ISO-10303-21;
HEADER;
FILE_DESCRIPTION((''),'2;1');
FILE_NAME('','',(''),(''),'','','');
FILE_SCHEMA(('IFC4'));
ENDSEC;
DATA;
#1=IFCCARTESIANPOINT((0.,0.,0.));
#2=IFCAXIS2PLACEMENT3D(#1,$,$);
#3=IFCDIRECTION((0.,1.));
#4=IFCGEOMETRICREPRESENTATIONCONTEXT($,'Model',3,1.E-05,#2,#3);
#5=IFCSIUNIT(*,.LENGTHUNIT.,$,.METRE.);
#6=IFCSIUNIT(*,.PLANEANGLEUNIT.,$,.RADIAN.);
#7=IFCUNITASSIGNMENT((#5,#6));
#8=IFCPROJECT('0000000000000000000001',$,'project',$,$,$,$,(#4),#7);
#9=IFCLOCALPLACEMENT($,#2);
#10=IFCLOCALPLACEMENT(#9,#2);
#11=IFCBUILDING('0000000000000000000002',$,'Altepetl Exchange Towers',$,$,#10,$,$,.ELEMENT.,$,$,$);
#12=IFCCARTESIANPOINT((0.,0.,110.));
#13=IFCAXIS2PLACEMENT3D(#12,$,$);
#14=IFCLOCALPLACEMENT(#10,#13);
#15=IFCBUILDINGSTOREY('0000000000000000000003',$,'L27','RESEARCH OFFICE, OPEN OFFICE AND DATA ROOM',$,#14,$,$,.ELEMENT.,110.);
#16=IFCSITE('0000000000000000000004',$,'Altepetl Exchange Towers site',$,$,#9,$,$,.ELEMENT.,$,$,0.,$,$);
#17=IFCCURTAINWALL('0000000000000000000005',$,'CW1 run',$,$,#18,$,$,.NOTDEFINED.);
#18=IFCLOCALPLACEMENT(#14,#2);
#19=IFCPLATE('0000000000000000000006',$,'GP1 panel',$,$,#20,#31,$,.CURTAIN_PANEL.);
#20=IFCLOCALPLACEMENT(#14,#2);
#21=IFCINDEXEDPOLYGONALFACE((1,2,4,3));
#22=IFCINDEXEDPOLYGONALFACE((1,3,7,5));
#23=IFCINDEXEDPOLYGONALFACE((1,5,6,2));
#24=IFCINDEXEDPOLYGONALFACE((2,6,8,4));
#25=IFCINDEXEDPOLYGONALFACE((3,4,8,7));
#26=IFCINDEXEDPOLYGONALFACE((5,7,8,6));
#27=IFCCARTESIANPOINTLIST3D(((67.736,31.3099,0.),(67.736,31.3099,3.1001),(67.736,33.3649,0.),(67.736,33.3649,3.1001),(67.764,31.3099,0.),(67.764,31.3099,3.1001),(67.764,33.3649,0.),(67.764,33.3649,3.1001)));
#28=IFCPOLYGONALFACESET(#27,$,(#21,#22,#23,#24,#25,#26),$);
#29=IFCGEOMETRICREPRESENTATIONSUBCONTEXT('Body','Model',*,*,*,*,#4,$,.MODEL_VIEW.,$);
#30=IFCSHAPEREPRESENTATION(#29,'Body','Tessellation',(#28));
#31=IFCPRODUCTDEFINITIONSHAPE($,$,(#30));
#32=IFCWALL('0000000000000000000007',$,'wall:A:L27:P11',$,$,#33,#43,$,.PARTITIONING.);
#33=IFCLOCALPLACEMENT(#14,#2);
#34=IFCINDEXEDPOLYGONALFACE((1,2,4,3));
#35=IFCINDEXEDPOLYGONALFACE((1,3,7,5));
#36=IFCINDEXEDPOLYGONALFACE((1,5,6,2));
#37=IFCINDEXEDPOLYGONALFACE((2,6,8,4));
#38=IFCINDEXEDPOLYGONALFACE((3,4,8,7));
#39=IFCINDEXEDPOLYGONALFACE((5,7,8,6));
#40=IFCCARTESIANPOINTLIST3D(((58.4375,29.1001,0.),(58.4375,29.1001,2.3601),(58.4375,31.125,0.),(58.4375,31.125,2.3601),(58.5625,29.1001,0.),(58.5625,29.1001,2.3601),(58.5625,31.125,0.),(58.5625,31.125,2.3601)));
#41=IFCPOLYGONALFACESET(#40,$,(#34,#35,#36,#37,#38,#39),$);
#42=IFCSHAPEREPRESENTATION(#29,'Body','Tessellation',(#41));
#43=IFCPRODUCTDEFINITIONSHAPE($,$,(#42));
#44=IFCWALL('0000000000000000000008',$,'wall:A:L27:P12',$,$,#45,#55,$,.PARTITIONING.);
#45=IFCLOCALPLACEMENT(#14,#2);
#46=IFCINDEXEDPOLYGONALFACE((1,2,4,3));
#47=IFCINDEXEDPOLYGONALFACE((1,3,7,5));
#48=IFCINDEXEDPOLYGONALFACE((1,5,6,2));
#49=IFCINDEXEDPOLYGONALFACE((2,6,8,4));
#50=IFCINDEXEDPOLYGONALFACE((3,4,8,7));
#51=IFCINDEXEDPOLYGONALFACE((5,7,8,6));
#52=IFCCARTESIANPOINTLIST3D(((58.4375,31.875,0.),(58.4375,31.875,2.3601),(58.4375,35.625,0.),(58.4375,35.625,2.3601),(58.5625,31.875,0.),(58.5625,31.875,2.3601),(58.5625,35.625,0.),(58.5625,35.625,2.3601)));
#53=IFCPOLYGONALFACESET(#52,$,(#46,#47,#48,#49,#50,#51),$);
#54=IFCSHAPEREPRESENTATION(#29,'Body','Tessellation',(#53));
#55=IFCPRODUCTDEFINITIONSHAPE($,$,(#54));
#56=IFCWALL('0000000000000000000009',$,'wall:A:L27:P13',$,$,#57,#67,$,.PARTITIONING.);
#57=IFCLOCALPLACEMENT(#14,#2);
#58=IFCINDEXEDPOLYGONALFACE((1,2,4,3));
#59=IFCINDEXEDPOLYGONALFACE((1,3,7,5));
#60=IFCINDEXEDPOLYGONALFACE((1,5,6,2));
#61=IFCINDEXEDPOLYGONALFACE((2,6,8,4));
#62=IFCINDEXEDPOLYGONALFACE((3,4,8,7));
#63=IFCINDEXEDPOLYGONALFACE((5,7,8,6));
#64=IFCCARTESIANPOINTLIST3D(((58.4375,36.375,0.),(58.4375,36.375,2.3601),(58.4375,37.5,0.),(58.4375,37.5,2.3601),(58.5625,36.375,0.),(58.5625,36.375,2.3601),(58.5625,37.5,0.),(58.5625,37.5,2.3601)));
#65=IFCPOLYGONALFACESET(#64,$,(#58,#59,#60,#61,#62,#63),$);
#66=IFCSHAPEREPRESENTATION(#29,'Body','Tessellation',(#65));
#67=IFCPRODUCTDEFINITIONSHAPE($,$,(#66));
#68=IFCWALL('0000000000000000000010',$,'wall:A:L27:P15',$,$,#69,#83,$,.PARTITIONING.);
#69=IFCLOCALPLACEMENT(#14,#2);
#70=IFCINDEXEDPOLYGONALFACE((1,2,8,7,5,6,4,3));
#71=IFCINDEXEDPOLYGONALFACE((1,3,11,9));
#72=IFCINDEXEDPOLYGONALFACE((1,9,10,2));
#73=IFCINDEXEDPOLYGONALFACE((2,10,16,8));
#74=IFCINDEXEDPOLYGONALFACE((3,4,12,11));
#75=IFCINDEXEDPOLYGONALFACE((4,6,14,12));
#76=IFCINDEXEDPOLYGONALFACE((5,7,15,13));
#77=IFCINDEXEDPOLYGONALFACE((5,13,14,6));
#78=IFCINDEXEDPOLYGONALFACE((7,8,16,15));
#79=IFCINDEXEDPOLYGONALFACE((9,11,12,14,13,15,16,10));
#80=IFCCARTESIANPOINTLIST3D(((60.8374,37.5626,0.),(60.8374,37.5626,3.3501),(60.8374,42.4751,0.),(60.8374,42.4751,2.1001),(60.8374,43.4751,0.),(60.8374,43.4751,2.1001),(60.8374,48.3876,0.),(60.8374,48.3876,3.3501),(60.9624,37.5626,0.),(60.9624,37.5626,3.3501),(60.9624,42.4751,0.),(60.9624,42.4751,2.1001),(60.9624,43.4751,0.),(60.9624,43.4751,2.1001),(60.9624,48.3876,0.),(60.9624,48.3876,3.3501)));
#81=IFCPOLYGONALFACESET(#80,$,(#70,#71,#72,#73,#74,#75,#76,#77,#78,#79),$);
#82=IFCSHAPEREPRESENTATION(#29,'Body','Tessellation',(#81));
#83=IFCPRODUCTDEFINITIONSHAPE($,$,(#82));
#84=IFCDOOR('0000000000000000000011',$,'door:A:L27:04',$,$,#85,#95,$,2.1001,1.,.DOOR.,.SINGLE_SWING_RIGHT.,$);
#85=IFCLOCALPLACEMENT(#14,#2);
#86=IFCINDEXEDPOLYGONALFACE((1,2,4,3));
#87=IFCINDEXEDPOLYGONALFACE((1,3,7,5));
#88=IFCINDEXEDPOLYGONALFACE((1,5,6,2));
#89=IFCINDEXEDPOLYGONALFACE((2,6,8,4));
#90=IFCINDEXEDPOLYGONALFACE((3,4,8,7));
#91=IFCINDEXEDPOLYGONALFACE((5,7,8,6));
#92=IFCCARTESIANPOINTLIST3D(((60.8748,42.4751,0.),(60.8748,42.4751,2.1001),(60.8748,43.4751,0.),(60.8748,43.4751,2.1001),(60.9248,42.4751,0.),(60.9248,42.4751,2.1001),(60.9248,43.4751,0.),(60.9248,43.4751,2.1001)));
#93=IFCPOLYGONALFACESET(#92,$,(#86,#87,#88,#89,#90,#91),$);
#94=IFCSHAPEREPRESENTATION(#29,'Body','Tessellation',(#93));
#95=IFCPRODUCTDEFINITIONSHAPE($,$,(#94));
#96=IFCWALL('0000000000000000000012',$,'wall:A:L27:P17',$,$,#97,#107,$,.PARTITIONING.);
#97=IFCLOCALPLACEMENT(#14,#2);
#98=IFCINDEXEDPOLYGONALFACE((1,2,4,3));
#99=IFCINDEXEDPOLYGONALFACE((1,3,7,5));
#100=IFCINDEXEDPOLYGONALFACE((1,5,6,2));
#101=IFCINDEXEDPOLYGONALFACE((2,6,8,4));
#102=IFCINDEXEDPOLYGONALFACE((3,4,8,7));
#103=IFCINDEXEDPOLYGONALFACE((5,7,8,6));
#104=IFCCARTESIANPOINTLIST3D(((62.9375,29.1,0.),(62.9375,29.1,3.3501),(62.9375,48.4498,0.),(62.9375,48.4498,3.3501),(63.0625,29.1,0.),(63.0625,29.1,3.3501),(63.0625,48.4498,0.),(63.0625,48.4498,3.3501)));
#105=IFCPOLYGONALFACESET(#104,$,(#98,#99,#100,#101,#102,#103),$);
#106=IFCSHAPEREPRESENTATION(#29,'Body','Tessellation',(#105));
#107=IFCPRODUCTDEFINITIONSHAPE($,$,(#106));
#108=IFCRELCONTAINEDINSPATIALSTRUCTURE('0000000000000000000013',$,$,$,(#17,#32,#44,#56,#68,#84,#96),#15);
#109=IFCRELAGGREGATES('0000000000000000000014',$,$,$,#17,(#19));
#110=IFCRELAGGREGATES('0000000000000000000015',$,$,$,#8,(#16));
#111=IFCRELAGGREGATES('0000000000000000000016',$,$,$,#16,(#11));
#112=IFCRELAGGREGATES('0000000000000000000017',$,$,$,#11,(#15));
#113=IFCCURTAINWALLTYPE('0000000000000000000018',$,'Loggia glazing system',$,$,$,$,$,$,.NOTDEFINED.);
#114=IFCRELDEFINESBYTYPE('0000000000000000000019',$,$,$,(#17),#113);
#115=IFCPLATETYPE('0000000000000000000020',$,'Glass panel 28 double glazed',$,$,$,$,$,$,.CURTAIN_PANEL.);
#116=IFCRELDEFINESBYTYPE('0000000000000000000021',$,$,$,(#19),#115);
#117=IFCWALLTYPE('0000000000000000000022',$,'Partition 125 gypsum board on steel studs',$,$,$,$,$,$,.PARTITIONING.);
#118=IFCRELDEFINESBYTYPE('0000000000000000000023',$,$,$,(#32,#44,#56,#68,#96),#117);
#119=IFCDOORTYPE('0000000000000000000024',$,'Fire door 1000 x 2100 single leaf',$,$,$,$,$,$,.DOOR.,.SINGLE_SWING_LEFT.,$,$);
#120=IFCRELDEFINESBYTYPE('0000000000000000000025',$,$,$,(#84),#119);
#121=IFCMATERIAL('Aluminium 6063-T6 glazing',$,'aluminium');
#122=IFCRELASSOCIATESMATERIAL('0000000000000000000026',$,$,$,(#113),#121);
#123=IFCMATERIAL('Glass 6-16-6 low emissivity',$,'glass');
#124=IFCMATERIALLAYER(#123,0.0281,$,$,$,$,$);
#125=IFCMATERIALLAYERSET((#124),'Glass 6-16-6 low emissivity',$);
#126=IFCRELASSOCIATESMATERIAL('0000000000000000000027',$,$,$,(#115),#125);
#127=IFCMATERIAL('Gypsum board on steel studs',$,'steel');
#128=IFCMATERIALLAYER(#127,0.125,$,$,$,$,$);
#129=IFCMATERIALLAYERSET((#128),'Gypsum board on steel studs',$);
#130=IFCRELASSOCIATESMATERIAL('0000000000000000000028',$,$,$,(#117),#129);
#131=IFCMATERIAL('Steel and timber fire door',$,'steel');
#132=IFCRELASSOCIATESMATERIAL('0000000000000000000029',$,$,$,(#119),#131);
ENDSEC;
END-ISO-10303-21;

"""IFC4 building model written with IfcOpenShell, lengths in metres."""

from ifc_helpers import new_model, si_unit, direction, frame, frame_2d, origin, origin_2d, place, context, subcontext, project, spatial, rectangle, extrude, material, layer, layer_set, type_object, element, fill, aggregate, save


model = new_model("IFC4")

# Units and contexts
model_context = context("Model", 3, precision=1e-05, world=origin(), true_north=direction((0.0, 1.0)))
body_context = subcontext(model_context, "Body", "Model", "MODEL_VIEW")
ifc_project = project(units=[si_unit("LENGTHUNIT", "METRE"), si_unit("PLANEANGLEUNIT", "RADIAN")], contexts=[model_context])

# Site, building, storey
site_placement = place(None, origin())
site = spatial("IfcSite", under=ifc_project, at=site_placement, Name="Altepetl Exchange Towers site", CompositionType="ELEMENT", RefElevation=0.0)
building_placement = place(site_placement, origin())
building = spatial("IfcBuilding", under=site, at=building_placement, Name="Altepetl Exchange Towers", CompositionType="ELEMENT")
storey_placement = place(building_placement, frame((0.0, 0.0, 110.0)))
storey = spatial("IfcBuildingStorey", under=building, at=storey_placement, Name="L27", Description="RESEARCH OFFICE, OPEN OFFICE AND DATA ROOM", CompositionType="ELEMENT", Elevation=110.0)

# Curtain wall
ifc_material_1 = material(Name="Aluminium 6063-T6 glazing", Category="aluminium")
curtain_wall_type = type_object("IfcCurtainWallType", Name="Loggia glazing system", PredefinedType="NOTDEFINED", material=ifc_material_1)
curtain_wall_1_placement = place(storey_placement, origin())
curtain_wall_1 = element("IfcCurtainWall", 1, at=curtain_wall_1_placement, inside=storey, type_object=curtain_wall_type, Name="CW1 run", PredefinedType="NOTDEFINED")

# Plate
ifc_material_2 = material(Name="Glass 6-16-6 low emissivity", Category="glass")
ifc_layer_1 = layer(ifc_material_2, 0.0281)
ifc_layer_set_1 = layer_set([ifc_layer_1], Name="Glass 6-16-6 low emissivity")
plate_type = type_object("IfcPlateType", Name="Glass panel 28 double glazed", PredefinedType="CURTAIN_PANEL", material=ifc_layer_set_1)
plate_1_placement = place(storey_placement, frame((67.75, 32.3374, 0.0), z_axis=(0.0, 0.0, 1.0), x_axis=(0.0, 1.0, 0.0)))
plate_1 = element("IfcPlate", 2, at=plate_1_placement, type_object=plate_type, Name="GP1 panel", PredefinedType="CURTAIN_PANEL", context=body_context, shape_type="SweptSolid", body=[
    extrude(rectangle(XDim=2.0549, YDim=0.0281, at=origin_2d()), origin(), (0.0, 0.0, 1.0), 3.1001),
])
aggregate(curtain_wall_1, [plate_1])

# Walls
ifc_material_3 = material(Name="Gypsum board on steel studs", Category="steel")
ifc_layer_2 = layer(ifc_material_3, 0.125)
ifc_layer_set_2 = layer_set([ifc_layer_2], Name="Gypsum board on steel studs")
wall_type = type_object("IfcWallType", Name="Partition 125 gypsum board on steel studs", PredefinedType="PARTITIONING", material=ifc_layer_set_2)
wall_1_placement = place(storey_placement, frame((58.5, 29.1001, 0.0), z_axis=(0.0, 0.0, 1.0), x_axis=(0.0, 1.0, 0.0)))
element("IfcWall", 3, at=wall_1_placement, inside=storey, type_object=wall_type, Name="wall:A:L27:P11", PredefinedType="PARTITIONING", context=body_context, shape_type="SweptSolid", body=[
    extrude(rectangle(XDim=2.0249, YDim=0.125, at=frame_2d((1.0125, 0.0))), origin(), (0.0, 0.0, 1.0), 2.3601),
])
wall_2_placement = place(storey_placement, frame((58.5, 31.875, 0.0), z_axis=(0.0, 0.0, 1.0), x_axis=(0.0, 1.0, 0.0)))
element("IfcWall", 4, at=wall_2_placement, inside=storey, type_object=wall_type, Name="wall:A:L27:P12", PredefinedType="PARTITIONING", context=body_context, shape_type="SweptSolid", body=[
    extrude(rectangle(XDim=3.75, YDim=0.125, at=frame_2d((1.875, 0.0))), origin(), (0.0, 0.0, 1.0), 2.3601),
])
wall_3_placement = place(storey_placement, frame((58.5, 36.375, 0.0), z_axis=(0.0, 0.0, 1.0), x_axis=(0.0, 1.0, 0.0)))
element("IfcWall", 5, at=wall_3_placement, inside=storey, type_object=wall_type, Name="wall:A:L27:P13", PredefinedType="PARTITIONING", context=body_context, shape_type="SweptSolid", body=[
    extrude(rectangle(XDim=1.125, YDim=0.125, at=frame_2d((0.5625, 0.0))), origin(), (0.0, 0.0, 1.0), 2.3601),
])

# Wall, opening, door
wall_4_placement = place(storey_placement, frame((60.8999, 37.5625, 0.0), z_axis=(0.0, 0.0, 1.0), x_axis=(0.0, 1.0, 0.0)))
wall_4 = element("IfcWall", 6, at=wall_4_placement, inside=storey, type_object=wall_type, Name="wall:A:L27:P15", PredefinedType="PARTITIONING", context=body_context, shape_type="SweptSolid", body=[
    extrude(rectangle(XDim=10.825, YDim=0.125, at=frame_2d((5.4126, 0.0))), origin(), (0.0, 0.0, 1.0), 3.3501),
])
opening_placement = place(wall_4_placement, frame((4.9126, 0.0, 0.0)))
opening = element("IfcOpeningElement", 7, at=opening_placement, cuts=wall_4, PredefinedType="OPENING", context=body_context, shape_type="SweptSolid", body=[
    extrude(rectangle(XDim=1.0, YDim=2.1001, at=frame_2d((0.5, 1.05))), frame((0.0, 0.0725, 0.0), z_axis=(0.0, -1.0, 0.0), x_axis=(1.0, 0.0, 0.0)), (0.0, 0.0, 1.0), 0.145),
])
ifc_material_4 = material(Name="Steel and timber fire door", Category="steel")
door_type = type_object("IfcDoorType", Name="Fire door 1000 x 2100 single leaf", OperationType="SINGLE_SWING_LEFT", PredefinedType="DOOR", material=ifc_material_4)
door_placement = place(opening_placement, frame((1.0, 0.0, 0.0), x_axis=(-1.0, 0.0, 0.0)))
door = element("IfcDoor", 8, at=door_placement, inside=storey, type_object=door_type, Name="door:A:L27:04", OperationType="SINGLE_SWING_RIGHT", OverallHeight=2.1001, OverallWidth=1.0, PredefinedType="DOOR", context=body_context, shape_type="SweptSolid", body=[
    extrude(rectangle(XDim=1.0, YDim=2.1001, at=frame_2d((0.5, 1.05))), frame((0.0, 0.0249, 0.0), z_axis=(0.0, -1.0, 0.0), x_axis=(1.0, 0.0, 0.0)), (0.0, 0.0, 1.0), 0.05),
])
fill(opening, door)

# Wall
wall_5_placement = place(storey_placement, frame((63.0, 29.1001, 0.0), z_axis=(0.0, 0.0, 1.0), x_axis=(0.0, 1.0, 0.0)))
element("IfcWall", 9, at=wall_5_placement, inside=storey, type_object=wall_type, Name="wall:A:L27:P17", PredefinedType="PARTITIONING", context=body_context, shape_type="SweptSolid", body=[
    extrude(rectangle(XDim=19.3499, YDim=0.125, at=frame_2d((9.6748, 0.0))), origin(), (0.0, 0.0, 1.0), 3.3501),
])

save(model, "model.ifc")
